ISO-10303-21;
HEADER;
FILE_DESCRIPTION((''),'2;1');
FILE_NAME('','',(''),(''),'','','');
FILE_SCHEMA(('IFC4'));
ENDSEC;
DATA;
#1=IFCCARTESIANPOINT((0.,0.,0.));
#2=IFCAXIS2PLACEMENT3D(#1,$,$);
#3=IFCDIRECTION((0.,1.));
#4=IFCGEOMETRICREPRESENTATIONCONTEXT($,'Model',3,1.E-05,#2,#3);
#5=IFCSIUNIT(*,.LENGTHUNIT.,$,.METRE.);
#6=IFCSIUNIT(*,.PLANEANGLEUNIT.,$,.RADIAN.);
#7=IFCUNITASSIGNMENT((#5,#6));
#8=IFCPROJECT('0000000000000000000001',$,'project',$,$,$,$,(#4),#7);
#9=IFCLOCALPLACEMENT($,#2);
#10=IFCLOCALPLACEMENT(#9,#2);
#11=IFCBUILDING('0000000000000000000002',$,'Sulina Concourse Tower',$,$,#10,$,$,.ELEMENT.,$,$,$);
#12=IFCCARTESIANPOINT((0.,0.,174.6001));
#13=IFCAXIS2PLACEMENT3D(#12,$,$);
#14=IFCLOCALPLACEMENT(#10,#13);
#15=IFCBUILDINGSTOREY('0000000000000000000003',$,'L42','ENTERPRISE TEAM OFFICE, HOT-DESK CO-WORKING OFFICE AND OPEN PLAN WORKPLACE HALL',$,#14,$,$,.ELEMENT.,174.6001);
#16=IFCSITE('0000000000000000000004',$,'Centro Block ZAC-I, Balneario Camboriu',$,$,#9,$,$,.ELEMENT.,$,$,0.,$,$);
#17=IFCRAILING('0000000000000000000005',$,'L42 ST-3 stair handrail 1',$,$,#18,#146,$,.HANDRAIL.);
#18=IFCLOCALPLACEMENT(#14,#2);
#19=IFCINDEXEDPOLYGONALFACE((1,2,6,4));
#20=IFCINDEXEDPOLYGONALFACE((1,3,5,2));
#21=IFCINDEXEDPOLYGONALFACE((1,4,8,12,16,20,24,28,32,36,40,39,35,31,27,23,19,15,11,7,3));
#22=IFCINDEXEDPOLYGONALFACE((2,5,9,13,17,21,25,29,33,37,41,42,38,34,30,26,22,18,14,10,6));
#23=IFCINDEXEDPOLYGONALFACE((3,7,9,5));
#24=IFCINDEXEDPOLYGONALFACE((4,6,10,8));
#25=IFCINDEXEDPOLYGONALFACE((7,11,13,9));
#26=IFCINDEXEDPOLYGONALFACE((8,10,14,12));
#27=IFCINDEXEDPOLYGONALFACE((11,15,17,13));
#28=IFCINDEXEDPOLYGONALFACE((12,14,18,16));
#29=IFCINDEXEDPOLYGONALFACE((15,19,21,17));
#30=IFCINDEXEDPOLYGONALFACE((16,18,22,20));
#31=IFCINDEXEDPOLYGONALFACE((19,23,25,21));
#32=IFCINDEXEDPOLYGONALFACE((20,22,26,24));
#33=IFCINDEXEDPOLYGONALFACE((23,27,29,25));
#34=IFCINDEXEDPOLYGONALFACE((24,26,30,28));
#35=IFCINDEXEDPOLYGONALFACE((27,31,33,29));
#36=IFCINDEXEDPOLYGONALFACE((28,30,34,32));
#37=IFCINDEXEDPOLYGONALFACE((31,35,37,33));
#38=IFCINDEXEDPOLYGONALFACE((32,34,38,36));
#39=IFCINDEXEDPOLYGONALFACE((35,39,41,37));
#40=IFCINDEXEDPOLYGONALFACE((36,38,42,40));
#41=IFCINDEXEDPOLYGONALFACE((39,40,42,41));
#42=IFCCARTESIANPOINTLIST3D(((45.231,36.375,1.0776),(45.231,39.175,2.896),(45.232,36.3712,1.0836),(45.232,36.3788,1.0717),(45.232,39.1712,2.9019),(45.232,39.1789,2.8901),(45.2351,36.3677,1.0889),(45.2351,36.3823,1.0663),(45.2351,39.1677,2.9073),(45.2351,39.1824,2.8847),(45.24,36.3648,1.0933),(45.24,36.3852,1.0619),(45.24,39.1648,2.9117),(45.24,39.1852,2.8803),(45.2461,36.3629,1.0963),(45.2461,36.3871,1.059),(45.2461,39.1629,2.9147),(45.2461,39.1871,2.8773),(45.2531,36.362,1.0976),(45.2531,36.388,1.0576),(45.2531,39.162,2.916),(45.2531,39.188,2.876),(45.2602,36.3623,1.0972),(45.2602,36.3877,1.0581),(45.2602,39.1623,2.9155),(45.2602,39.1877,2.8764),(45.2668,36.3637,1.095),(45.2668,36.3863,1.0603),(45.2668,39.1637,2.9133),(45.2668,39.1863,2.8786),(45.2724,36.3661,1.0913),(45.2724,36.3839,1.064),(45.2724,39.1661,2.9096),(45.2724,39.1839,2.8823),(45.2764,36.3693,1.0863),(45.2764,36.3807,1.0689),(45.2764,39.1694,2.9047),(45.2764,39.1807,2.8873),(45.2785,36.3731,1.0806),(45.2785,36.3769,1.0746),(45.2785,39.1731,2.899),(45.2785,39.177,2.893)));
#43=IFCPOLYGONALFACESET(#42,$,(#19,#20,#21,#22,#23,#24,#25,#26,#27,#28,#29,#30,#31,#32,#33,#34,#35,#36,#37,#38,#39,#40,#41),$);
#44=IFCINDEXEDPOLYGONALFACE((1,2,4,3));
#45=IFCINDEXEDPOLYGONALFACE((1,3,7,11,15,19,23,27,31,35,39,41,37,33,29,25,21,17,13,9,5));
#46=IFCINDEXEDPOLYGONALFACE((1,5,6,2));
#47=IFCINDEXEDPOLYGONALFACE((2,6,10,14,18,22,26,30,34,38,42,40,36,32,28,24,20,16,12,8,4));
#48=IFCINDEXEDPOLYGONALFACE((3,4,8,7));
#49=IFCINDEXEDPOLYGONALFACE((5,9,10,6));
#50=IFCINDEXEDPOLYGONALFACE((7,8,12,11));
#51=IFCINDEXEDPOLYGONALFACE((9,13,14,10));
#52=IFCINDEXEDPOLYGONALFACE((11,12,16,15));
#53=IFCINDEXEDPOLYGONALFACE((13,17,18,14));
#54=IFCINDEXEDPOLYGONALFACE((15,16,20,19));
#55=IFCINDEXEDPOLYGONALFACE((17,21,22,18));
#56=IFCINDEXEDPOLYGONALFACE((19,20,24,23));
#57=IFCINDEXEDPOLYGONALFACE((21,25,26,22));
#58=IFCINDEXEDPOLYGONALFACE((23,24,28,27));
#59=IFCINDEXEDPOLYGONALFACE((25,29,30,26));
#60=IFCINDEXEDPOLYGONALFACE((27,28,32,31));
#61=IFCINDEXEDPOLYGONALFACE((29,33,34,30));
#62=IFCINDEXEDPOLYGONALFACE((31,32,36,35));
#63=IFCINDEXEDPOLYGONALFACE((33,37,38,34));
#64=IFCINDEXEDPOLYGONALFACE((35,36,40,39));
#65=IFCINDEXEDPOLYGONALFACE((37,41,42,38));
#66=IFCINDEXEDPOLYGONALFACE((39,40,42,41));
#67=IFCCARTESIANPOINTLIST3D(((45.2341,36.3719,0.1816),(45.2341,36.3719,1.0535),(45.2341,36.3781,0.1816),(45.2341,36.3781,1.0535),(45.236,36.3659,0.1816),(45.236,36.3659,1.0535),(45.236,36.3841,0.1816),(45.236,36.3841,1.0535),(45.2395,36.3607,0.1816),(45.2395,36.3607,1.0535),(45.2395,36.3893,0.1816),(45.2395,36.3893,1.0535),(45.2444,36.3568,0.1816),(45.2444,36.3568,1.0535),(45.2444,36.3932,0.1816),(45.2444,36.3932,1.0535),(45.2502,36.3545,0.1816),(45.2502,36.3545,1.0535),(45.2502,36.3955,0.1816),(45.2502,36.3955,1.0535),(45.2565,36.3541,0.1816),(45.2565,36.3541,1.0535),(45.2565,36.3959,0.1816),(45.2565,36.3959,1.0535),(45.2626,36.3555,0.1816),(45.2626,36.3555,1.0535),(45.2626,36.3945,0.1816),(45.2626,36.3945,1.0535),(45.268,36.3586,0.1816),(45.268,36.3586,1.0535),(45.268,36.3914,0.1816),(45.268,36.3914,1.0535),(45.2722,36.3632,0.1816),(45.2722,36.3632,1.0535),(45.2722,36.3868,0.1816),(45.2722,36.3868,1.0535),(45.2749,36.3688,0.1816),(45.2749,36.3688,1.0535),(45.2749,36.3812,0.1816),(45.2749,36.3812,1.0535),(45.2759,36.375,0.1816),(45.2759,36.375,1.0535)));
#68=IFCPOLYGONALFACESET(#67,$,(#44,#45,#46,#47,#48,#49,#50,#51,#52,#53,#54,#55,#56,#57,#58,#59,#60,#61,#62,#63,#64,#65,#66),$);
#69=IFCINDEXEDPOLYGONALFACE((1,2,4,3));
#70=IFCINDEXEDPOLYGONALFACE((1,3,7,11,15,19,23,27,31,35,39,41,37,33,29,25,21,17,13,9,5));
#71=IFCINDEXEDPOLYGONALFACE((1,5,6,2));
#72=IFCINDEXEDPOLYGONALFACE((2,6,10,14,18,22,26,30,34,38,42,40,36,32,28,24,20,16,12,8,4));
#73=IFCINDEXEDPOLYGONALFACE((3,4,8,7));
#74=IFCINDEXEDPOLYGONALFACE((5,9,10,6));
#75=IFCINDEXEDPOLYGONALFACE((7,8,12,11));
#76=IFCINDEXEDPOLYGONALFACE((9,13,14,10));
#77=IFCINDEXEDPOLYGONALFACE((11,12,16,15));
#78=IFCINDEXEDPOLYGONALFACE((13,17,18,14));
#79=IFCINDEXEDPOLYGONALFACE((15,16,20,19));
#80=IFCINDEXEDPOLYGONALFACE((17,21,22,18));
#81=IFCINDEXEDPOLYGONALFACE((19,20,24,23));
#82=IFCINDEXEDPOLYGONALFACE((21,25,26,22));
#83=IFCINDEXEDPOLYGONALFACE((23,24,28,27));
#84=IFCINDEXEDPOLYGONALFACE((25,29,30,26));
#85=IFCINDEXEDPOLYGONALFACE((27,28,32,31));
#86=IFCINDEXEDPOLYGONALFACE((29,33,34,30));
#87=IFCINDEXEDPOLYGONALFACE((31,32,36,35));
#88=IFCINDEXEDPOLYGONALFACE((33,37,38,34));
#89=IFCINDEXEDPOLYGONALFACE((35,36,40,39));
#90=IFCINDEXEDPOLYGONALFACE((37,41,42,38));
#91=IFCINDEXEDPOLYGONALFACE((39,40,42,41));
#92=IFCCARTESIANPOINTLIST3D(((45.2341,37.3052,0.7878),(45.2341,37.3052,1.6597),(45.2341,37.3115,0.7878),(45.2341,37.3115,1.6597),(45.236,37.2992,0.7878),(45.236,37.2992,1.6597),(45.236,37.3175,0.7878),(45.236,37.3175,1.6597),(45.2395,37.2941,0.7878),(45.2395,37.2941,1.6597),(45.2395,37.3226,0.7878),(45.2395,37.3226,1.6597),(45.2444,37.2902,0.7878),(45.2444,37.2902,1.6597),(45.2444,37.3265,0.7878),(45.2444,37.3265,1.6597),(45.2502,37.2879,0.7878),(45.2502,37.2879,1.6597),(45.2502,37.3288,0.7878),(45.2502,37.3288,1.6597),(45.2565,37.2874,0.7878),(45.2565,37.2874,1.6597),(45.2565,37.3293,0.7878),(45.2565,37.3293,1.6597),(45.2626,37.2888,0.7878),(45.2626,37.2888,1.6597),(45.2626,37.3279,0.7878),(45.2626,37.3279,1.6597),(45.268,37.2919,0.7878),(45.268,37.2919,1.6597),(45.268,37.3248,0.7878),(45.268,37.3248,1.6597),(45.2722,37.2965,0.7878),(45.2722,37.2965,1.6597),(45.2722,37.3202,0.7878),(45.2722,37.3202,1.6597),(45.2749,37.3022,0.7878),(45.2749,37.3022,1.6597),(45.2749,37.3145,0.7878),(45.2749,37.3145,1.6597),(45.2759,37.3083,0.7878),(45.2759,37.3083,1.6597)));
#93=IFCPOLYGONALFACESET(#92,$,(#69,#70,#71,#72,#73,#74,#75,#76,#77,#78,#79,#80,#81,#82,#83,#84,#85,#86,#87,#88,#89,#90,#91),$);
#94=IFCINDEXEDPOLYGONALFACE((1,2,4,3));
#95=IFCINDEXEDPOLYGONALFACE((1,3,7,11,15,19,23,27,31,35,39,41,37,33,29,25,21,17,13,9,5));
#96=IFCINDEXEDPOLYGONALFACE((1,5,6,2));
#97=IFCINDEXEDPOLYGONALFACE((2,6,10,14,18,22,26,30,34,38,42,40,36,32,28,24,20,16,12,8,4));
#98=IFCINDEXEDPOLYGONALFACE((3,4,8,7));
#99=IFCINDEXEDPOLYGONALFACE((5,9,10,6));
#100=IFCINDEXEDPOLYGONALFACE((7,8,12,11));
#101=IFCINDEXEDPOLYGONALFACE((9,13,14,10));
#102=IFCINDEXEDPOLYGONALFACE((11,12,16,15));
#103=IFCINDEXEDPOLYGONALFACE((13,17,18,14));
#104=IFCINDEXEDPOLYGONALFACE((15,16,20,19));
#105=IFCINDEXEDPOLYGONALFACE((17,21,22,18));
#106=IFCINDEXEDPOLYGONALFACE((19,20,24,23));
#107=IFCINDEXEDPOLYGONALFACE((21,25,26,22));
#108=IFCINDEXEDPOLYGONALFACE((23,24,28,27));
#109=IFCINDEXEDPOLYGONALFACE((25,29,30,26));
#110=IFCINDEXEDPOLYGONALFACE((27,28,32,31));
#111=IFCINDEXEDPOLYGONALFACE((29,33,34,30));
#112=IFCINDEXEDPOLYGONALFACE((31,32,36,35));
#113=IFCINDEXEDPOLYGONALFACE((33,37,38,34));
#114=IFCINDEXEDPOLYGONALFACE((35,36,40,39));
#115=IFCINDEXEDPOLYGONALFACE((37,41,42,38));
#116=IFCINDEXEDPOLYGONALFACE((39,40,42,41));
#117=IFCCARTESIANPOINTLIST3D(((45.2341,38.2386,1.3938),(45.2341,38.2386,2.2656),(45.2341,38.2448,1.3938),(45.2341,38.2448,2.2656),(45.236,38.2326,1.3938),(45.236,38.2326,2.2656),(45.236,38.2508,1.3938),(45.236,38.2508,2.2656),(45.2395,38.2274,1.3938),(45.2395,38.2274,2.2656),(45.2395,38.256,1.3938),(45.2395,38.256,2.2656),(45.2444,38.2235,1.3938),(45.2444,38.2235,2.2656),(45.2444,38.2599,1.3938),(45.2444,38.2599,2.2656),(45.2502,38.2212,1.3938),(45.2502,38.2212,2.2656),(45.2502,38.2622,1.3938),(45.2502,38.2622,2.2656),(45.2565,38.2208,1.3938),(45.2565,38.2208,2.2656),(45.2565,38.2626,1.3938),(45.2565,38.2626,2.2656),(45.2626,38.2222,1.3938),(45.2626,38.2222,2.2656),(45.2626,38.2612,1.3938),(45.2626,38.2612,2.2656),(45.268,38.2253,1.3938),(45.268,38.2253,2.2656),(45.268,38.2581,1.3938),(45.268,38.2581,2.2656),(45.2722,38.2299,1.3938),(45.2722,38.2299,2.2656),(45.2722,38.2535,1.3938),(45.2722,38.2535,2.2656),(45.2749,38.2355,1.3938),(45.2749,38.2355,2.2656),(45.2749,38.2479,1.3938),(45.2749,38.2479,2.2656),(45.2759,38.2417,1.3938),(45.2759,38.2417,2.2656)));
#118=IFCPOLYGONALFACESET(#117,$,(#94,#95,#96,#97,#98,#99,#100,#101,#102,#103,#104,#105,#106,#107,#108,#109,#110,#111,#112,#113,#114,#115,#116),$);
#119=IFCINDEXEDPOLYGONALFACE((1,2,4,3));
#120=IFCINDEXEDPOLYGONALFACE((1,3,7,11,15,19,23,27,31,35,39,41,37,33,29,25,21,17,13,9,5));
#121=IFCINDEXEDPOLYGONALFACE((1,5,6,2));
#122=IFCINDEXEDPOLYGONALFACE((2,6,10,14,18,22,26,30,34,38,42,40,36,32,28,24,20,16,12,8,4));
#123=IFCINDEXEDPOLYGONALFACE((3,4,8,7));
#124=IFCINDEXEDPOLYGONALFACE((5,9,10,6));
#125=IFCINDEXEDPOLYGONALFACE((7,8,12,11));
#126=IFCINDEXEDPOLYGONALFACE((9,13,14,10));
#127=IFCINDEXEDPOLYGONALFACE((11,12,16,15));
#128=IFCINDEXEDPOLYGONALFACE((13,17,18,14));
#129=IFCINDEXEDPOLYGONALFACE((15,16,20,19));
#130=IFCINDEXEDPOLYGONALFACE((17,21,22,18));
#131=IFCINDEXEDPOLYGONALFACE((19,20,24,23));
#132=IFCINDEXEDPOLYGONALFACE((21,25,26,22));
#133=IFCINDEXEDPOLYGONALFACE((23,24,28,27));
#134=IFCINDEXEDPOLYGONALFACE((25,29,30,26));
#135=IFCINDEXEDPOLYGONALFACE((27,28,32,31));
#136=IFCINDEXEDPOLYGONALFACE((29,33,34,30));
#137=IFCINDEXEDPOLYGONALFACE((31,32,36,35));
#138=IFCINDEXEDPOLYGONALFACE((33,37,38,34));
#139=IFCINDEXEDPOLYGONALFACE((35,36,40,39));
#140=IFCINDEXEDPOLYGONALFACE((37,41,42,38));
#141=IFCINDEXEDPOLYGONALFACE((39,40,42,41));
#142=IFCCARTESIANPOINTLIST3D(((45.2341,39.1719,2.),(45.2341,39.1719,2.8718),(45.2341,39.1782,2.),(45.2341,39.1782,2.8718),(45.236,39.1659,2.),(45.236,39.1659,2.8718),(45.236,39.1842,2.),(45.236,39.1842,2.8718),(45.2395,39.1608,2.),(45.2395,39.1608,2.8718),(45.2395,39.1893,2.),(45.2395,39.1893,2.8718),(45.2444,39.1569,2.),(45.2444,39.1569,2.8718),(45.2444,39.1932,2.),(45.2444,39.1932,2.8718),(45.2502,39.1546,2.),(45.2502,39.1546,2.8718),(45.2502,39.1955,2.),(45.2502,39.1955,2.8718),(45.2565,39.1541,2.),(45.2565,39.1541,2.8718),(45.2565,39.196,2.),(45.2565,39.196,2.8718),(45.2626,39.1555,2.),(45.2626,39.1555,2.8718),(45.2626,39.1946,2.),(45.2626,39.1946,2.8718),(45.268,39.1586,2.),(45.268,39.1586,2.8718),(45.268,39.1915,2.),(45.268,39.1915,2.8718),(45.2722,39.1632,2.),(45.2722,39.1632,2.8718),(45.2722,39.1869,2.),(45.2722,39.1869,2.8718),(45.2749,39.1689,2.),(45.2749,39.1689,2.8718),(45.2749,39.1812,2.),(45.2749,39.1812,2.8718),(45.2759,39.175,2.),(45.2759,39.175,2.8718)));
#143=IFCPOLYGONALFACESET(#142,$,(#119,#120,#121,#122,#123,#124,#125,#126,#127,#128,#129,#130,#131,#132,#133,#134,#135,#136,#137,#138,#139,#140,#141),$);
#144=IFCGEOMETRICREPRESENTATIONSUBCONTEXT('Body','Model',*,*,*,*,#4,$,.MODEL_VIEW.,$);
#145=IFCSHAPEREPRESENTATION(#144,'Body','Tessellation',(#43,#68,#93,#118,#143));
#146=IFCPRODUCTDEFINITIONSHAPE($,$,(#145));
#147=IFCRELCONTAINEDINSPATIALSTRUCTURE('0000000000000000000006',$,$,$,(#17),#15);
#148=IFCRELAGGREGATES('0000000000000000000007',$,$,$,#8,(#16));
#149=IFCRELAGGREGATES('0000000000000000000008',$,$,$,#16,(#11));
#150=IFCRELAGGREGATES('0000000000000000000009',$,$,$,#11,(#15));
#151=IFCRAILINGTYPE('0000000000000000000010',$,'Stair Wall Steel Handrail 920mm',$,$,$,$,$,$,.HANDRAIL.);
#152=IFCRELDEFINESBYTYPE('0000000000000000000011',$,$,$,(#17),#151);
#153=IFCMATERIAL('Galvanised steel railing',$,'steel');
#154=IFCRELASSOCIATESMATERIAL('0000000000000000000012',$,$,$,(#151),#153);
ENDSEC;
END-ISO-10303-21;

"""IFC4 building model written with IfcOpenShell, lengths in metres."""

from ifc_helpers import new_model, si_unit, direction, frame, origin, origin_2d, place, context, subcontext, project, spatial, circle, extrude, material, type_object, element, save


model = new_model("IFC4")

# Units and contexts
model_context = context("Model", 3, precision=1e-05, world=origin(), true_north=direction((0.0, 1.0)))
body_context = subcontext(model_context, "Body", "Model", "MODEL_VIEW")
ifc_project = project(units=[si_unit("LENGTHUNIT", "METRE"), si_unit("PLANEANGLEUNIT", "RADIAN")], contexts=[model_context])

# Site, building, storey
site_placement = place(None, origin())
site = spatial("IfcSite", under=ifc_project, at=site_placement, Name="Centro Block ZAC-I, Balneario Camboriu", CompositionType="ELEMENT", RefElevation=0.0)
building_placement = place(site_placement, origin())
building = spatial("IfcBuilding", under=site, at=building_placement, Name="Sulina Concourse Tower", CompositionType="ELEMENT")
storey_placement = place(building_placement, frame((0.0, 0.0, 174.6001)))
storey = spatial("IfcBuildingStorey", under=building, at=storey_placement, Name="L42", Description="ENTERPRISE TEAM OFFICE, HOT-DESK CO-WORKING OFFICE AND OPEN PLAN WORKPLACE HALL", CompositionType="ELEMENT", Elevation=174.6001)

# Railing
ifc_material_1 = material(Name="Galvanised steel railing", Category="steel")
railing_type_1 = type_object("IfcRailingType", Name="Stair Wall Steel Handrail 920mm", PredefinedType="HANDRAIL", material=ifc_material_1)
railing_1_placement = place(storey_placement, frame((45.2549, 36.375, 0.1816)))
element("IfcRailing", 1, at=railing_1_placement, inside=storey, type_object=railing_type_1, Name="L42 ST-3 stair handrail 1", PredefinedType="HANDRAIL", context=body_context, shape_type="SweptSolid", body=[
    extrude(circle(Radius=0.0239, at=origin_2d()), frame((0.0, 0.0, 0.896), z_axis=(0.0, 0.838672, 0.544636), x_axis=(-1.0, 0.0, 0.0)), (0.0, 0.0, 1.0), 3.3386),
    extrude(circle(Radius=0.021, at=origin_2d()), origin(), (0.0, 0.0, 1.0), 0.8718),
    extrude(circle(Radius=0.021, at=origin_2d()), frame((0.0, 0.9333, 0.6062)), (0.0, 0.0, 1.0), 0.8718),
    extrude(circle(Radius=0.021, at=origin_2d()), frame((0.0, 1.8667, 1.2122)), (0.0, 0.0, 1.0), 0.8718),
    extrude(circle(Radius=0.021, at=origin_2d()), frame((0.0, 2.8, 1.8184)), (0.0, 0.0, 1.0), 0.8718),
])

save(model, "model.ifc")
